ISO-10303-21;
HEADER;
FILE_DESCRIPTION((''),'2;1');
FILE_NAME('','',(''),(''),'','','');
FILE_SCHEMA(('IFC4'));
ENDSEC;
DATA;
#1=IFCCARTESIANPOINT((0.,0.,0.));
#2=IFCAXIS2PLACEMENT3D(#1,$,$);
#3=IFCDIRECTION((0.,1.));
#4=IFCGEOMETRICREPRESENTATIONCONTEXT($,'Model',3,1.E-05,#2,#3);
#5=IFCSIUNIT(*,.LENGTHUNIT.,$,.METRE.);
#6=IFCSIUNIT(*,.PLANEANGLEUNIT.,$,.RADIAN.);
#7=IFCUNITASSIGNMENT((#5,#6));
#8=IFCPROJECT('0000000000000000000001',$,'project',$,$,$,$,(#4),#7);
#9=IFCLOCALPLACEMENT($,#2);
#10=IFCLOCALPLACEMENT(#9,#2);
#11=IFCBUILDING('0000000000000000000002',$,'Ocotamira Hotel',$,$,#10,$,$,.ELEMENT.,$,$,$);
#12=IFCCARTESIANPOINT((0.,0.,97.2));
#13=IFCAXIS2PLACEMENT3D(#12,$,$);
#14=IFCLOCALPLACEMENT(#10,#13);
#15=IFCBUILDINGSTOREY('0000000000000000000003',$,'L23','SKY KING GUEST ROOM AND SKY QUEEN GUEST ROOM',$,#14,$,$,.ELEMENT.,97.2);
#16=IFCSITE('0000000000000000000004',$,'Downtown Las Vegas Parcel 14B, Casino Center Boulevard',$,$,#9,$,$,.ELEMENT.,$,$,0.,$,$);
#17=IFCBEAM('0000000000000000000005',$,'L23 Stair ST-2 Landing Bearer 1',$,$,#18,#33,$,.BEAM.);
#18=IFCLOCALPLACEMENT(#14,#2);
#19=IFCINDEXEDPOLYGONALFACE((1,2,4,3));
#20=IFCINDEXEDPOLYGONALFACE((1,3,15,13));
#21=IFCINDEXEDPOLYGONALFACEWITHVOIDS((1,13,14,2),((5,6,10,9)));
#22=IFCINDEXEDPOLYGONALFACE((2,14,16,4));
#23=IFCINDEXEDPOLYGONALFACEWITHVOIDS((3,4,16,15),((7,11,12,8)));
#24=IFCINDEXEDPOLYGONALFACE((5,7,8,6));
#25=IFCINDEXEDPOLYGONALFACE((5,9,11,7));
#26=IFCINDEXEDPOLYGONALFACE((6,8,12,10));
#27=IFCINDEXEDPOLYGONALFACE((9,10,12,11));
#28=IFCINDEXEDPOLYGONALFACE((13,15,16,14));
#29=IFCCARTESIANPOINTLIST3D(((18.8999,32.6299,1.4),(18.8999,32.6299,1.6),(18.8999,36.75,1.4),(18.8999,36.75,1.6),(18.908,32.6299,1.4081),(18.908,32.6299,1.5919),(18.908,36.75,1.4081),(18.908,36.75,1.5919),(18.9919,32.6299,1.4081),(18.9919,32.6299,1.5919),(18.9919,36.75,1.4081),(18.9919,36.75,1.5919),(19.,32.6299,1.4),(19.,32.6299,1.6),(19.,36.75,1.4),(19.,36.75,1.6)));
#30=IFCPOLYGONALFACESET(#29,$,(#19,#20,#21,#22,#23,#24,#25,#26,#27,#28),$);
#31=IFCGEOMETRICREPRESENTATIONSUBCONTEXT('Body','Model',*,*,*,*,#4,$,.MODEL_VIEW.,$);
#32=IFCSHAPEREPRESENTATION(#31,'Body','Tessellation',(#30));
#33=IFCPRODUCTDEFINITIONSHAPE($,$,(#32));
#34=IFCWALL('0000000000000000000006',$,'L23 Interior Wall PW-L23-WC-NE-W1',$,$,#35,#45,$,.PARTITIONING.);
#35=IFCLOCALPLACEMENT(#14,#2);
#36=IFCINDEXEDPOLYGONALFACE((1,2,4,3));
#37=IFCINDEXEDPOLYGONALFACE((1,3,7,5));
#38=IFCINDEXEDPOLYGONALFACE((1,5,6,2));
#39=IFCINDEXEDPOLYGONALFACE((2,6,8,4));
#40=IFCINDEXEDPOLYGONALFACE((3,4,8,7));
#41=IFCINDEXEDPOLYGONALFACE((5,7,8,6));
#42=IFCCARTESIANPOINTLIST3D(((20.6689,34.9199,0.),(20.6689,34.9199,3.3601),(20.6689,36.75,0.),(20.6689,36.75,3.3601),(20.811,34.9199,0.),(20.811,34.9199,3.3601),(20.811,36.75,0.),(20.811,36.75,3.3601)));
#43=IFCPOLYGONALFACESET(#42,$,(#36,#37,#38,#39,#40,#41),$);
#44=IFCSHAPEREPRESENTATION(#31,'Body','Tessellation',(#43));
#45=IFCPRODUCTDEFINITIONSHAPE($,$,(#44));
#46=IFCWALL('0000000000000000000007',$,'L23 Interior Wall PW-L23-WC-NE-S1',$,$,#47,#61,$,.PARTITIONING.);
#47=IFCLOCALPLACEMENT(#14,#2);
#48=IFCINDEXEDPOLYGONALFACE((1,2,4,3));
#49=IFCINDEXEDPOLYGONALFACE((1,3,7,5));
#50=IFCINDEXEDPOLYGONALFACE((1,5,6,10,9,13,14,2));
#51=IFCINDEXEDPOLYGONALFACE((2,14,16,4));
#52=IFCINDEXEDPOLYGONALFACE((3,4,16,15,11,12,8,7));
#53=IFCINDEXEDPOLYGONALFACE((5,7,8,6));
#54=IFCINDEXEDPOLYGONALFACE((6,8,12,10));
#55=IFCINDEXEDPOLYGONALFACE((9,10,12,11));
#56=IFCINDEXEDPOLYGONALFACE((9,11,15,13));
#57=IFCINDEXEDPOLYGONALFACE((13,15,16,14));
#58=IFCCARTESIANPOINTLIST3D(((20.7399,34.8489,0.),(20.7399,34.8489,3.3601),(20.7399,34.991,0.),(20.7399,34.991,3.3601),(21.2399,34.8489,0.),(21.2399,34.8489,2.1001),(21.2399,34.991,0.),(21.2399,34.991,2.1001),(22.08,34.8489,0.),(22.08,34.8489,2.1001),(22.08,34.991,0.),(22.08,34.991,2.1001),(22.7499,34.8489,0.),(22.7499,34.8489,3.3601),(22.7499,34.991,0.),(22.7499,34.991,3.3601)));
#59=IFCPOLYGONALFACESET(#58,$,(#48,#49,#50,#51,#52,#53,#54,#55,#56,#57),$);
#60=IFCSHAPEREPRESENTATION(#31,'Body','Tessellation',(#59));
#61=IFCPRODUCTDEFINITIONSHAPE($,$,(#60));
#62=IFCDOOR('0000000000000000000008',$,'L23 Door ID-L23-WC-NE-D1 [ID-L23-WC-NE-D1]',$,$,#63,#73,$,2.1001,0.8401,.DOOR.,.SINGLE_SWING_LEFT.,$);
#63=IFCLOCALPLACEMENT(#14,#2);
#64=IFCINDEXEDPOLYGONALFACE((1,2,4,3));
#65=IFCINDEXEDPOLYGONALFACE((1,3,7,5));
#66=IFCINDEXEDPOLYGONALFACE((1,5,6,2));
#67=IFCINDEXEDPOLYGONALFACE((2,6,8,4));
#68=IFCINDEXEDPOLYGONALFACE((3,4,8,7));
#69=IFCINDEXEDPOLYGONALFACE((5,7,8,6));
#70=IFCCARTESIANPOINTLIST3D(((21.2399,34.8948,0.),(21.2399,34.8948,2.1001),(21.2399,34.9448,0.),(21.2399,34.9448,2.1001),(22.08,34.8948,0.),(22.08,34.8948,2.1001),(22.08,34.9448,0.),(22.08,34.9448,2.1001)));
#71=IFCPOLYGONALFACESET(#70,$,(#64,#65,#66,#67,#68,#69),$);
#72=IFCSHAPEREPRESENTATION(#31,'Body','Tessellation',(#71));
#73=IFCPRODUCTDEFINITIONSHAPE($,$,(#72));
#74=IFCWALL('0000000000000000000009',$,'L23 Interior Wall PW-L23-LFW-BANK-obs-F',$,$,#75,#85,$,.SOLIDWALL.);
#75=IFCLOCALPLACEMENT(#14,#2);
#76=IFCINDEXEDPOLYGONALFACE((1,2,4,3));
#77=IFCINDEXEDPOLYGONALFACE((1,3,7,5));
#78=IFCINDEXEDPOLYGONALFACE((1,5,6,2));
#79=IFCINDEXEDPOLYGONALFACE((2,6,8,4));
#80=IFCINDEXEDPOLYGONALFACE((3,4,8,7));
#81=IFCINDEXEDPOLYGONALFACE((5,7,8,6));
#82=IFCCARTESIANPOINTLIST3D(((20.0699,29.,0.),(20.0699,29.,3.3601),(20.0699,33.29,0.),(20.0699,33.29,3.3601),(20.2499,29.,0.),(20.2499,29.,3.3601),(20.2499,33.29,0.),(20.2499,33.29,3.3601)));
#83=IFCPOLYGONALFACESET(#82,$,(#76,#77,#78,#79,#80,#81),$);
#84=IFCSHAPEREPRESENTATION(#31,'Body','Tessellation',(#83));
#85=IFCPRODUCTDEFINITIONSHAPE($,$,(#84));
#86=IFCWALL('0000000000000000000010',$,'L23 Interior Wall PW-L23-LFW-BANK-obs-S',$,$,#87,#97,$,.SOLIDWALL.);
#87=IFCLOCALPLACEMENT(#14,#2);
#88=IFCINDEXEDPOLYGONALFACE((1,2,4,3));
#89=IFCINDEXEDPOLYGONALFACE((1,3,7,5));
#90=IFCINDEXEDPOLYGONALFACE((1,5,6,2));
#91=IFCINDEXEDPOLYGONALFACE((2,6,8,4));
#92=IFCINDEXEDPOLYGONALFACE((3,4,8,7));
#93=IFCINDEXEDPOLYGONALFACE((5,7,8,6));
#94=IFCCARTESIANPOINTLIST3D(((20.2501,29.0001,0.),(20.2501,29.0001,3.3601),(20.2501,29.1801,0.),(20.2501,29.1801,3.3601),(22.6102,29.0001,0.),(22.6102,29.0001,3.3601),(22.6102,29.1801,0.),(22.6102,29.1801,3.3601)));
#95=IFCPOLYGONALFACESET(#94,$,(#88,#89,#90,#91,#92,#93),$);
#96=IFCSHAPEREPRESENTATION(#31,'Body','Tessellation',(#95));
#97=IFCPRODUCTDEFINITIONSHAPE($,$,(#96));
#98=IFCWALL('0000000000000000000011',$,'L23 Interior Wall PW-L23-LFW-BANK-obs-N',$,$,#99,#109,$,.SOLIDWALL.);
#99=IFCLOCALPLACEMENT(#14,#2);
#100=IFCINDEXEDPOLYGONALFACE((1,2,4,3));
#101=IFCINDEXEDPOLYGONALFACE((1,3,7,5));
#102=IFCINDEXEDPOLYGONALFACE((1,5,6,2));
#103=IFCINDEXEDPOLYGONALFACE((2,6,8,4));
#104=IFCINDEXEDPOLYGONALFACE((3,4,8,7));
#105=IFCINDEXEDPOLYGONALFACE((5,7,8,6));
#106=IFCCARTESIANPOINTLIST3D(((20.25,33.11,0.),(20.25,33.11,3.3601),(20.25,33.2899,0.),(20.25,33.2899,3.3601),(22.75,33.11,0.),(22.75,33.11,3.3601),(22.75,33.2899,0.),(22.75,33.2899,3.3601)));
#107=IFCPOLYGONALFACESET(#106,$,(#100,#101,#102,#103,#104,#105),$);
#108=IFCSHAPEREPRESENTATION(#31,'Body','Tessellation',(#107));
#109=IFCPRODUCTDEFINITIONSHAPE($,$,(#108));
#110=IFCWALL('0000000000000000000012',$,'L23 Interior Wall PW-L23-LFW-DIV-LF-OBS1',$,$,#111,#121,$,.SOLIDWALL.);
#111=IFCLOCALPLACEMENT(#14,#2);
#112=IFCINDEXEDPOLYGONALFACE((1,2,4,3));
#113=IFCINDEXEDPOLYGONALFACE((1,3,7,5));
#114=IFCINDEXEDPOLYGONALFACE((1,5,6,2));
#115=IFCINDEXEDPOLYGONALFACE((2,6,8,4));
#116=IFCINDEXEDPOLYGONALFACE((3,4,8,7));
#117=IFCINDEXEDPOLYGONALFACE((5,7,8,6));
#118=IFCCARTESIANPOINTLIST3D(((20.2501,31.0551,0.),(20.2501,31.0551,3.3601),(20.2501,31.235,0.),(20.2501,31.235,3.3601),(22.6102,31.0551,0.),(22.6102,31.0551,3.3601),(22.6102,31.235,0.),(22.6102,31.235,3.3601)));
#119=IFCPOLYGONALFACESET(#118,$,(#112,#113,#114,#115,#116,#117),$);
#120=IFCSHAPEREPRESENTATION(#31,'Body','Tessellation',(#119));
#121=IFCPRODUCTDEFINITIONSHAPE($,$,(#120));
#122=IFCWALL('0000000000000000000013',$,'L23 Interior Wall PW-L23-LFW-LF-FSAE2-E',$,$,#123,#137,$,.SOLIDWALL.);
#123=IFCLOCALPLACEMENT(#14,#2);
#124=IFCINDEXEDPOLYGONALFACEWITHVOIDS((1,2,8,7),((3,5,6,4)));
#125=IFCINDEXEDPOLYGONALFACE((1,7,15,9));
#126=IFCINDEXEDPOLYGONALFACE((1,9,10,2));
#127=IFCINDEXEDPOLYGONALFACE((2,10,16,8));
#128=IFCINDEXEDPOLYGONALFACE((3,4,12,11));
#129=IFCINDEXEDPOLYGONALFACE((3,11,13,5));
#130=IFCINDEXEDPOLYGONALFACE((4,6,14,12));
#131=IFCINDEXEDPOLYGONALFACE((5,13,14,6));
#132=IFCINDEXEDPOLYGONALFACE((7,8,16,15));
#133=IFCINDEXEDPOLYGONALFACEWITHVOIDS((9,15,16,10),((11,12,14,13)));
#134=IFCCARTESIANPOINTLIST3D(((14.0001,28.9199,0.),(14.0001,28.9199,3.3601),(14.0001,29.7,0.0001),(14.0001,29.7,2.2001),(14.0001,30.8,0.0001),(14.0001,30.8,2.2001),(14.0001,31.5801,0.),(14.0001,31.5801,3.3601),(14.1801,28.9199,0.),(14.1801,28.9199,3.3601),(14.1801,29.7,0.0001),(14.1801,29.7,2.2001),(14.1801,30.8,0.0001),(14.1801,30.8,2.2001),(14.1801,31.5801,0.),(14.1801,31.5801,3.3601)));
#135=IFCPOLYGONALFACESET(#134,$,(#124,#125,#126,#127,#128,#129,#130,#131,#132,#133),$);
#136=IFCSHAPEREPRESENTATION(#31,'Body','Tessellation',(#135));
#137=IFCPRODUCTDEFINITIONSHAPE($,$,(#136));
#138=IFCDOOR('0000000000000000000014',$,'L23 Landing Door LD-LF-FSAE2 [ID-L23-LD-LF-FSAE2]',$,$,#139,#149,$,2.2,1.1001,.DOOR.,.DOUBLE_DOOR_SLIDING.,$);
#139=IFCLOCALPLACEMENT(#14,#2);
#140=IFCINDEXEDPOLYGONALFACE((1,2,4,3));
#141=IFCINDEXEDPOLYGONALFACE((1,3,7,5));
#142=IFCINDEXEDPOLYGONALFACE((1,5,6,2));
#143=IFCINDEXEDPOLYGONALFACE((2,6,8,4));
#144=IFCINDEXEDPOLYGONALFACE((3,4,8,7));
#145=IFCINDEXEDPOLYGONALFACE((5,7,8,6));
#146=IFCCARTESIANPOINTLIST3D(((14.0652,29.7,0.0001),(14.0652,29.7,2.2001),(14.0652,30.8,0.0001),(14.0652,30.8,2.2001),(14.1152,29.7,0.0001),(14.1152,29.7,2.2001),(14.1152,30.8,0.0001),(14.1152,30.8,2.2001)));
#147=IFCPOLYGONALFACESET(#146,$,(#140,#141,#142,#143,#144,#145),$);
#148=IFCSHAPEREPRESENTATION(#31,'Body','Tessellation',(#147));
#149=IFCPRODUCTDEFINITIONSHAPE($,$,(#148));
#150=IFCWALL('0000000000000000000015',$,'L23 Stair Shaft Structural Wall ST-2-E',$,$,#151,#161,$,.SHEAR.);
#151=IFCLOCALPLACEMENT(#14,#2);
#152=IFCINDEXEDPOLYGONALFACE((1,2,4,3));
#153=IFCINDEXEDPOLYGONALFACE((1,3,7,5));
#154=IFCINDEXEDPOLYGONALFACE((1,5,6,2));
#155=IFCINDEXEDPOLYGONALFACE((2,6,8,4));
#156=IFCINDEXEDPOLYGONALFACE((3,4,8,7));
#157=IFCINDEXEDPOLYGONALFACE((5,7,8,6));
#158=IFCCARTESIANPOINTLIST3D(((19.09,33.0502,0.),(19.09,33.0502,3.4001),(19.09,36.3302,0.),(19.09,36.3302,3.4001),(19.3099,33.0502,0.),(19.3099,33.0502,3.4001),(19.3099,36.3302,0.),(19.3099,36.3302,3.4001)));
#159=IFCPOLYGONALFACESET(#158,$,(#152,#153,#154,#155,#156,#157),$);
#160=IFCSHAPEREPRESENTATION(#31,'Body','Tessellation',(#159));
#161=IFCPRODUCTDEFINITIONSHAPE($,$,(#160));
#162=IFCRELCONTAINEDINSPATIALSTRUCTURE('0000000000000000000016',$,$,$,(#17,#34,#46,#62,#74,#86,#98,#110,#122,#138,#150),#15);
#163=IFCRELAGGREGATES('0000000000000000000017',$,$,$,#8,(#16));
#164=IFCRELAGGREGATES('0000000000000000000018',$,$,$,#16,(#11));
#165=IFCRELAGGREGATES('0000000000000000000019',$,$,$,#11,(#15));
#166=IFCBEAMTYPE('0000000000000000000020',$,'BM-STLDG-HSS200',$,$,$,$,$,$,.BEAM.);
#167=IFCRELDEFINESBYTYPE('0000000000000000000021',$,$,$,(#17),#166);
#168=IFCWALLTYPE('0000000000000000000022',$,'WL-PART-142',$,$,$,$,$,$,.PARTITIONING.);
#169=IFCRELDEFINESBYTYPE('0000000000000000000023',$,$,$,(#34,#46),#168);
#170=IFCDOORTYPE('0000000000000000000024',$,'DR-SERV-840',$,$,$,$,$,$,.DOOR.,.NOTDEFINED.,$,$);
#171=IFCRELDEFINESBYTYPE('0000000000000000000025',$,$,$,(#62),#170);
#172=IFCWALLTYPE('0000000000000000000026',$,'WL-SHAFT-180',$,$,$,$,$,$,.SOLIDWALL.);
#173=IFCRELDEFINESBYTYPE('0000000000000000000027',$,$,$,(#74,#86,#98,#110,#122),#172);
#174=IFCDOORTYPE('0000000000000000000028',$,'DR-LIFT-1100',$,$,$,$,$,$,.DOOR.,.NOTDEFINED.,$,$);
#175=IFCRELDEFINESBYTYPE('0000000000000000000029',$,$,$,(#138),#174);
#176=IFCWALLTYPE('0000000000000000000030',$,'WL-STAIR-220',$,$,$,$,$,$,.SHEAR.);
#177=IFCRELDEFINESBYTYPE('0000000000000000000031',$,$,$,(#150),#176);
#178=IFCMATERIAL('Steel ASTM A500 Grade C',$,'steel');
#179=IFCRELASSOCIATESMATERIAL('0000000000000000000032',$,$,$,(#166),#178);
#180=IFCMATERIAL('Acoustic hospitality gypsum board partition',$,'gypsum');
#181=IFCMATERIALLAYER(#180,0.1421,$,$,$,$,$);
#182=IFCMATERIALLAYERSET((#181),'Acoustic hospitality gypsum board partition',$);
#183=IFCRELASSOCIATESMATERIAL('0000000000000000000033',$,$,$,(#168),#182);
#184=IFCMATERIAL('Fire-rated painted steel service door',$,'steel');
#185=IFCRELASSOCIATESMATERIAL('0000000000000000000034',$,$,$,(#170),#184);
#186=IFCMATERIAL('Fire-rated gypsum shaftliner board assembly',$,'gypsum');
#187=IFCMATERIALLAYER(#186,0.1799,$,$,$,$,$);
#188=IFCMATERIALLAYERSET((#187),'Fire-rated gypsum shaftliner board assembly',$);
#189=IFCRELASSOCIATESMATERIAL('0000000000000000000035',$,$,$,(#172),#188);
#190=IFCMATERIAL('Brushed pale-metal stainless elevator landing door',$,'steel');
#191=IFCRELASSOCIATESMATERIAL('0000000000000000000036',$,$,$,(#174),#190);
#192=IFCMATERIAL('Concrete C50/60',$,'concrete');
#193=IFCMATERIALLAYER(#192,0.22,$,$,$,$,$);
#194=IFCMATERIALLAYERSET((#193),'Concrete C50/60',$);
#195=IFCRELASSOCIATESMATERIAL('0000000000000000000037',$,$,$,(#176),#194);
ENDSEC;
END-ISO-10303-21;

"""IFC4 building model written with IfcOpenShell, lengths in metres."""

from ifc_helpers import new_model, si_unit, direction, frame, frame_2d, origin, origin_2d, place, context, subcontext, project, spatial, rectangle, hollow_rectangle, extrude, source, transform, mapped, material, layer, layer_set, material_profile, profile_set, type_object, element, fill, save


model = new_model("IFC4")

# Units and contexts
model_context = context("Model", 3, precision=1e-05, world=origin(), true_north=direction((0.0, 1.0)))
body_context = subcontext(model_context, "Body", "Model", "MODEL_VIEW")
ifc_project = project(units=[si_unit("LENGTHUNIT", "METRE"), si_unit("PLANEANGLEUNIT", "RADIAN")], contexts=[model_context])

# Site, building, storey
site_placement = place(None, origin())
site = spatial("IfcSite", under=ifc_project, at=site_placement, Name="Downtown Las Vegas Parcel 14B, Casino Center Boulevard", CompositionType="ELEMENT", RefElevation=0.0)
building_placement = place(site_placement, origin())
building = spatial("IfcBuilding", under=site, at=building_placement, Name="Ocotamira Hotel", CompositionType="ELEMENT")
storey_placement = place(building_placement, frame((0.0, 0.0, 97.2)))
storey = spatial("IfcBuildingStorey", under=building, at=storey_placement, Name="L23", Description="SKY KING GUEST ROOM AND SKY QUEEN GUEST ROOM", CompositionType="ELEMENT", Elevation=97.2)

# Beam
ifc_material_1 = material(Name="Steel ASTM A500 Grade C", Category="steel")
ifc_material_profile = material_profile(ifc_material_1, hollow_rectangle(XDim=0.1001, YDim=0.2, WallThickness=0.0081, at=origin_2d()), Name="HSS200X100X8")
ifc_profile_set = profile_set([ifc_material_profile], Name="Steel ASTM A500 Grade C")
beam_type = type_object("IfcBeamType", Name="BM-STLDG-HSS200", PredefinedType="BEAM", material=ifc_profile_set)
shared_shape_1 = source(origin(), body_context, "Body", "SweptSolid", [
    extrude(hollow_rectangle(XDim=0.1001, YDim=0.2, WallThickness=0.0081, at=origin_2d()), origin(), (0.0, 0.0, 1.0), 4.1201),
])
beam_placement = place(storey_placement, frame((18.95, 32.6299, 1.5), z_axis=(0.0, 1.0, 0.0), x_axis=(-1.0, 0.0, 0.0)))
element("IfcBeam", 1, at=beam_placement, inside=storey, type_object=beam_type, Name="L23 Stair ST-2 Landing Bearer 1", PredefinedType="BEAM", context=body_context, shape_type="MappedRepresentation", body=[
    mapped(shared_shape_1, transform((0.0, 0.0, 0.0), scale=1.0)),
])

# Wall
ifc_material_2 = material(Name="Acoustic hospitality gypsum board partition", Category="gypsum")
ifc_layer_1 = layer(ifc_material_2, 0.1421)
ifc_layer_set_1 = layer_set([ifc_layer_1], Name="Acoustic hospitality gypsum board partition")
wall_type_1 = type_object("IfcWallType", Name="WL-PART-142", PredefinedType="PARTITIONING", material=ifc_layer_set_1)
wall_1_placement = place(storey_placement, frame((20.74, 34.9199, 0.0), z_axis=(0.0, 0.0, 1.0), x_axis=(0.0, 1.0, 0.0)))
element("IfcWall", 2, at=wall_1_placement, inside=storey, type_object=wall_type_1, Name="L23 Interior Wall PW-L23-WC-NE-W1", PredefinedType="PARTITIONING", context=body_context, shape_type="SweptSolid", body=[
    extrude(rectangle(XDim=1.8301, YDim=0.1421, at=frame_2d((0.915, 0.0))), origin(), (0.0, 0.0, 1.0), 3.3601),
])

# Wall, opening, door
wall_2_placement = place(storey_placement, frame((20.74, 34.9199, 0.0), z_axis=(0.0, 0.0, 1.0), x_axis=(1.0, 0.0, 0.0)))
wall_2 = element("IfcWall", 3, at=wall_2_placement, inside=storey, type_object=wall_type_1, Name="L23 Interior Wall PW-L23-WC-NE-S1", PredefinedType="PARTITIONING", context=body_context, shape_type="SweptSolid", body=[
    extrude(rectangle(XDim=2.01, YDim=0.1421, at=frame_2d((1.0049, 0.0))), origin(), (0.0, 0.0, 1.0), 3.3601),
])
opening_1_placement = place(wall_2_placement, frame((0.5, 0.0, 0.0)))
opening_1 = element("IfcOpeningElement", 4, at=opening_1_placement, cuts=wall_2, PredefinedType="OPENING", context=body_context, shape_type="SweptSolid", body=[
    extrude(rectangle(XDim=0.8401, YDim=2.1001, at=frame_2d((0.4199, 1.05))), frame((0.0, 0.0811, 0.0), z_axis=(0.0, -1.0, 0.0), x_axis=(1.0, 0.0, 0.0)), (0.0, 0.0, 1.0), 0.1621),
])
ifc_material_3 = material(Name="Fire-rated painted steel service door", Category="steel")
door_type_1 = type_object("IfcDoorType", Name="DR-SERV-840", OperationType="NOTDEFINED", PredefinedType="DOOR", material=ifc_material_3)
shared_shape_2 = source(origin(), body_context, "Body", "SweptSolid", [
    extrude(rectangle(XDim=0.8401, YDim=2.1001, at=frame_2d((0.4199, 1.05))), frame((0.0, 0.0249, 0.0), z_axis=(0.0, -1.0, 0.0), x_axis=(1.0, 0.0, 0.0)), (0.0, 0.0, 1.0), 0.05),
])
door_1_placement = place(opening_1_placement, origin())
door_1 = element("IfcDoor", 5, at=door_1_placement, inside=storey, type_object=door_type_1, Name="L23 Door ID-L23-WC-NE-D1 [ID-L23-WC-NE-D1]", OperationType="SINGLE_SWING_LEFT", OverallHeight=2.1001, OverallWidth=0.8401, PredefinedType="DOOR", context=body_context, shape_type="MappedRepresentation", body=[
    mapped(shared_shape_2, transform((0.0, 0.0, 0.0), scale=1.0)),
])
fill(opening_1, door_1)

# Walls
ifc_material_4 = material(Name="Fire-rated gypsum shaftliner board assembly", Category="gypsum")
ifc_layer_2 = layer(ifc_material_4, 0.1799)
ifc_layer_set_2 = layer_set([ifc_layer_2], Name="Fire-rated gypsum shaftliner board assembly")
wall_type_2 = type_object("IfcWallType", Name="WL-SHAFT-180", PredefinedType="SOLIDWALL", material=ifc_layer_set_2)
wall_3_placement = place(storey_placement, frame((20.1599, 29.0, 0.0), z_axis=(0.0, 0.0, 1.0), x_axis=(0.0, 1.0, 0.0)))
element("IfcWall", 6, at=wall_3_placement, inside=storey, type_object=wall_type_2, Name="L23 Interior Wall PW-L23-LFW-BANK-obs-F", PredefinedType="SOLIDWALL", context=body_context, shape_type="SweptSolid", body=[
    extrude(rectangle(XDim=4.29, YDim=0.1799, at=frame_2d((2.145, 0.0))), origin(), (0.0, 0.0, 1.0), 3.3601),
])
wall_4_placement = place(storey_placement, frame((20.25, 29.0901, 0.0), z_axis=(0.0, 0.0, 1.0), x_axis=(1.0, 0.0, 0.0)))
element("IfcWall", 7, at=wall_4_placement, inside=storey, type_object=wall_type_2, Name="L23 Interior Wall PW-L23-LFW-BANK-obs-S", PredefinedType="SOLIDWALL", context=body_context, shape_type="SweptSolid", body=[
    extrude(rectangle(XDim=2.3601, YDim=0.1799, at=frame_2d((1.1802, 0.0))), origin(), (0.0, 0.0, 1.0), 3.3601),
])
wall_5_placement = place(storey_placement, frame((20.25, 33.2, 0.0), z_axis=(0.0, 0.0, 1.0), x_axis=(1.0, 0.0, 0.0)))
element("IfcWall", 8, at=wall_5_placement, inside=storey, type_object=wall_type_2, Name="L23 Interior Wall PW-L23-LFW-BANK-obs-N", PredefinedType="SOLIDWALL", context=body_context, shape_type="SweptSolid", body=[
    extrude(rectangle(XDim=2.5, YDim=0.1799, at=frame_2d((1.25, 0.0))), origin(), (0.0, 0.0, 1.0), 3.3601),
])
wall_6_placement = place(storey_placement, frame((20.25, 31.145, 0.0), z_axis=(0.0, 0.0, 1.0), x_axis=(1.0, 0.0, 0.0)))
element("IfcWall", 9, at=wall_6_placement, inside=storey, type_object=wall_type_2, Name="L23 Interior Wall PW-L23-LFW-DIV-LF-OBS1", PredefinedType="SOLIDWALL", context=body_context, shape_type="SweptSolid", body=[
    extrude(rectangle(XDim=2.3601, YDim=0.1799, at=frame_2d((1.1802, 0.0))), origin(), (0.0, 0.0, 1.0), 3.3601),
])

# Wall, opening, door
wall_7_placement = place(storey_placement, frame((14.0901, 28.9199, 0.0), z_axis=(0.0, 0.0, 1.0), x_axis=(0.0, 1.0, 0.0)))
wall_7 = element("IfcWall", 10, at=wall_7_placement, inside=storey, type_object=wall_type_2, Name="L23 Interior Wall PW-L23-LFW-LF-FSAE2-E", PredefinedType="SOLIDWALL", context=body_context, shape_type="SweptSolid", body=[
    extrude(rectangle(XDim=2.6602, YDim=0.1799, at=frame_2d((1.3301, 0.0))), origin(), (0.0, 0.0, 1.0), 3.3601),
])
opening_2_placement = place(wall_7_placement, frame((0.78, 0.0, 0.0)))
opening_2 = element("IfcOpeningElement", 11, at=opening_2_placement, cuts=wall_7, PredefinedType="OPENING", context=body_context, shape_type="SweptSolid", body=[
    extrude(rectangle(XDim=1.1001, YDim=2.2, at=frame_2d((0.55, 1.1001))), frame((0.0, 0.1001, 0.0), z_axis=(0.0, -1.0, 0.0), x_axis=(1.0, 0.0, 0.0)), (0.0, 0.0, 1.0), 0.2),
])
ifc_material_5 = material(Name="Brushed pale-metal stainless elevator landing door", Category="steel")
door_type_2 = type_object("IfcDoorType", Name="DR-LIFT-1100", OperationType="NOTDEFINED", PredefinedType="DOOR", material=ifc_material_5)
shared_shape_3 = source(origin(), body_context, "Body", "SweptSolid", [
    extrude(rectangle(XDim=1.1001, YDim=2.2, at=frame_2d((0.55, 1.1001))), frame((0.0, 0.0249, 0.0), z_axis=(0.0, -1.0, 0.0), x_axis=(1.0, 0.0, 0.0)), (0.0, 0.0, 1.0), 0.05),
])
door_2_placement = place(opening_2_placement, origin())
door_2 = element("IfcDoor", 12, at=door_2_placement, inside=storey, type_object=door_type_2, Name="L23 Landing Door LD-LF-FSAE2 [ID-L23-LD-LF-FSAE2]", OperationType="DOUBLE_DOOR_SLIDING", OverallHeight=2.2, OverallWidth=1.1001, PredefinedType="DOOR", context=body_context, shape_type="MappedRepresentation", body=[
    mapped(shared_shape_3, transform((0.0, 0.0, 0.0), scale=1.0)),
])
fill(opening_2, door_2)

# Wall
ifc_material_6 = material(Name="Concrete C50/60", Category="concrete")
ifc_layer_3 = layer(ifc_material_6, 0.22)
ifc_layer_set_3 = layer_set([ifc_layer_3], Name="Concrete C50/60")
wall_type_3 = type_object("IfcWallType", Name="WL-STAIR-220", PredefinedType="SHEAR", material=ifc_layer_set_3)
wall_8_placement = place(storey_placement, frame((19.2, 33.05, 0.0), z_axis=(0.0, 0.0, 1.0), x_axis=(0.0, 1.0, 0.0)))
element("IfcWall", 13, at=wall_8_placement, inside=storey, type_object=wall_type_3, Name="L23 Stair Shaft Structural Wall ST-2-E", PredefinedType="SHEAR", context=body_context, shape_type="SweptSolid", body=[
    extrude(rectangle(XDim=3.28, YDim=0.22, at=frame_2d((1.6401, 0.0))), origin(), (0.0, 0.0, 1.0), 3.4001),
])

save(model, "model.ifc")
